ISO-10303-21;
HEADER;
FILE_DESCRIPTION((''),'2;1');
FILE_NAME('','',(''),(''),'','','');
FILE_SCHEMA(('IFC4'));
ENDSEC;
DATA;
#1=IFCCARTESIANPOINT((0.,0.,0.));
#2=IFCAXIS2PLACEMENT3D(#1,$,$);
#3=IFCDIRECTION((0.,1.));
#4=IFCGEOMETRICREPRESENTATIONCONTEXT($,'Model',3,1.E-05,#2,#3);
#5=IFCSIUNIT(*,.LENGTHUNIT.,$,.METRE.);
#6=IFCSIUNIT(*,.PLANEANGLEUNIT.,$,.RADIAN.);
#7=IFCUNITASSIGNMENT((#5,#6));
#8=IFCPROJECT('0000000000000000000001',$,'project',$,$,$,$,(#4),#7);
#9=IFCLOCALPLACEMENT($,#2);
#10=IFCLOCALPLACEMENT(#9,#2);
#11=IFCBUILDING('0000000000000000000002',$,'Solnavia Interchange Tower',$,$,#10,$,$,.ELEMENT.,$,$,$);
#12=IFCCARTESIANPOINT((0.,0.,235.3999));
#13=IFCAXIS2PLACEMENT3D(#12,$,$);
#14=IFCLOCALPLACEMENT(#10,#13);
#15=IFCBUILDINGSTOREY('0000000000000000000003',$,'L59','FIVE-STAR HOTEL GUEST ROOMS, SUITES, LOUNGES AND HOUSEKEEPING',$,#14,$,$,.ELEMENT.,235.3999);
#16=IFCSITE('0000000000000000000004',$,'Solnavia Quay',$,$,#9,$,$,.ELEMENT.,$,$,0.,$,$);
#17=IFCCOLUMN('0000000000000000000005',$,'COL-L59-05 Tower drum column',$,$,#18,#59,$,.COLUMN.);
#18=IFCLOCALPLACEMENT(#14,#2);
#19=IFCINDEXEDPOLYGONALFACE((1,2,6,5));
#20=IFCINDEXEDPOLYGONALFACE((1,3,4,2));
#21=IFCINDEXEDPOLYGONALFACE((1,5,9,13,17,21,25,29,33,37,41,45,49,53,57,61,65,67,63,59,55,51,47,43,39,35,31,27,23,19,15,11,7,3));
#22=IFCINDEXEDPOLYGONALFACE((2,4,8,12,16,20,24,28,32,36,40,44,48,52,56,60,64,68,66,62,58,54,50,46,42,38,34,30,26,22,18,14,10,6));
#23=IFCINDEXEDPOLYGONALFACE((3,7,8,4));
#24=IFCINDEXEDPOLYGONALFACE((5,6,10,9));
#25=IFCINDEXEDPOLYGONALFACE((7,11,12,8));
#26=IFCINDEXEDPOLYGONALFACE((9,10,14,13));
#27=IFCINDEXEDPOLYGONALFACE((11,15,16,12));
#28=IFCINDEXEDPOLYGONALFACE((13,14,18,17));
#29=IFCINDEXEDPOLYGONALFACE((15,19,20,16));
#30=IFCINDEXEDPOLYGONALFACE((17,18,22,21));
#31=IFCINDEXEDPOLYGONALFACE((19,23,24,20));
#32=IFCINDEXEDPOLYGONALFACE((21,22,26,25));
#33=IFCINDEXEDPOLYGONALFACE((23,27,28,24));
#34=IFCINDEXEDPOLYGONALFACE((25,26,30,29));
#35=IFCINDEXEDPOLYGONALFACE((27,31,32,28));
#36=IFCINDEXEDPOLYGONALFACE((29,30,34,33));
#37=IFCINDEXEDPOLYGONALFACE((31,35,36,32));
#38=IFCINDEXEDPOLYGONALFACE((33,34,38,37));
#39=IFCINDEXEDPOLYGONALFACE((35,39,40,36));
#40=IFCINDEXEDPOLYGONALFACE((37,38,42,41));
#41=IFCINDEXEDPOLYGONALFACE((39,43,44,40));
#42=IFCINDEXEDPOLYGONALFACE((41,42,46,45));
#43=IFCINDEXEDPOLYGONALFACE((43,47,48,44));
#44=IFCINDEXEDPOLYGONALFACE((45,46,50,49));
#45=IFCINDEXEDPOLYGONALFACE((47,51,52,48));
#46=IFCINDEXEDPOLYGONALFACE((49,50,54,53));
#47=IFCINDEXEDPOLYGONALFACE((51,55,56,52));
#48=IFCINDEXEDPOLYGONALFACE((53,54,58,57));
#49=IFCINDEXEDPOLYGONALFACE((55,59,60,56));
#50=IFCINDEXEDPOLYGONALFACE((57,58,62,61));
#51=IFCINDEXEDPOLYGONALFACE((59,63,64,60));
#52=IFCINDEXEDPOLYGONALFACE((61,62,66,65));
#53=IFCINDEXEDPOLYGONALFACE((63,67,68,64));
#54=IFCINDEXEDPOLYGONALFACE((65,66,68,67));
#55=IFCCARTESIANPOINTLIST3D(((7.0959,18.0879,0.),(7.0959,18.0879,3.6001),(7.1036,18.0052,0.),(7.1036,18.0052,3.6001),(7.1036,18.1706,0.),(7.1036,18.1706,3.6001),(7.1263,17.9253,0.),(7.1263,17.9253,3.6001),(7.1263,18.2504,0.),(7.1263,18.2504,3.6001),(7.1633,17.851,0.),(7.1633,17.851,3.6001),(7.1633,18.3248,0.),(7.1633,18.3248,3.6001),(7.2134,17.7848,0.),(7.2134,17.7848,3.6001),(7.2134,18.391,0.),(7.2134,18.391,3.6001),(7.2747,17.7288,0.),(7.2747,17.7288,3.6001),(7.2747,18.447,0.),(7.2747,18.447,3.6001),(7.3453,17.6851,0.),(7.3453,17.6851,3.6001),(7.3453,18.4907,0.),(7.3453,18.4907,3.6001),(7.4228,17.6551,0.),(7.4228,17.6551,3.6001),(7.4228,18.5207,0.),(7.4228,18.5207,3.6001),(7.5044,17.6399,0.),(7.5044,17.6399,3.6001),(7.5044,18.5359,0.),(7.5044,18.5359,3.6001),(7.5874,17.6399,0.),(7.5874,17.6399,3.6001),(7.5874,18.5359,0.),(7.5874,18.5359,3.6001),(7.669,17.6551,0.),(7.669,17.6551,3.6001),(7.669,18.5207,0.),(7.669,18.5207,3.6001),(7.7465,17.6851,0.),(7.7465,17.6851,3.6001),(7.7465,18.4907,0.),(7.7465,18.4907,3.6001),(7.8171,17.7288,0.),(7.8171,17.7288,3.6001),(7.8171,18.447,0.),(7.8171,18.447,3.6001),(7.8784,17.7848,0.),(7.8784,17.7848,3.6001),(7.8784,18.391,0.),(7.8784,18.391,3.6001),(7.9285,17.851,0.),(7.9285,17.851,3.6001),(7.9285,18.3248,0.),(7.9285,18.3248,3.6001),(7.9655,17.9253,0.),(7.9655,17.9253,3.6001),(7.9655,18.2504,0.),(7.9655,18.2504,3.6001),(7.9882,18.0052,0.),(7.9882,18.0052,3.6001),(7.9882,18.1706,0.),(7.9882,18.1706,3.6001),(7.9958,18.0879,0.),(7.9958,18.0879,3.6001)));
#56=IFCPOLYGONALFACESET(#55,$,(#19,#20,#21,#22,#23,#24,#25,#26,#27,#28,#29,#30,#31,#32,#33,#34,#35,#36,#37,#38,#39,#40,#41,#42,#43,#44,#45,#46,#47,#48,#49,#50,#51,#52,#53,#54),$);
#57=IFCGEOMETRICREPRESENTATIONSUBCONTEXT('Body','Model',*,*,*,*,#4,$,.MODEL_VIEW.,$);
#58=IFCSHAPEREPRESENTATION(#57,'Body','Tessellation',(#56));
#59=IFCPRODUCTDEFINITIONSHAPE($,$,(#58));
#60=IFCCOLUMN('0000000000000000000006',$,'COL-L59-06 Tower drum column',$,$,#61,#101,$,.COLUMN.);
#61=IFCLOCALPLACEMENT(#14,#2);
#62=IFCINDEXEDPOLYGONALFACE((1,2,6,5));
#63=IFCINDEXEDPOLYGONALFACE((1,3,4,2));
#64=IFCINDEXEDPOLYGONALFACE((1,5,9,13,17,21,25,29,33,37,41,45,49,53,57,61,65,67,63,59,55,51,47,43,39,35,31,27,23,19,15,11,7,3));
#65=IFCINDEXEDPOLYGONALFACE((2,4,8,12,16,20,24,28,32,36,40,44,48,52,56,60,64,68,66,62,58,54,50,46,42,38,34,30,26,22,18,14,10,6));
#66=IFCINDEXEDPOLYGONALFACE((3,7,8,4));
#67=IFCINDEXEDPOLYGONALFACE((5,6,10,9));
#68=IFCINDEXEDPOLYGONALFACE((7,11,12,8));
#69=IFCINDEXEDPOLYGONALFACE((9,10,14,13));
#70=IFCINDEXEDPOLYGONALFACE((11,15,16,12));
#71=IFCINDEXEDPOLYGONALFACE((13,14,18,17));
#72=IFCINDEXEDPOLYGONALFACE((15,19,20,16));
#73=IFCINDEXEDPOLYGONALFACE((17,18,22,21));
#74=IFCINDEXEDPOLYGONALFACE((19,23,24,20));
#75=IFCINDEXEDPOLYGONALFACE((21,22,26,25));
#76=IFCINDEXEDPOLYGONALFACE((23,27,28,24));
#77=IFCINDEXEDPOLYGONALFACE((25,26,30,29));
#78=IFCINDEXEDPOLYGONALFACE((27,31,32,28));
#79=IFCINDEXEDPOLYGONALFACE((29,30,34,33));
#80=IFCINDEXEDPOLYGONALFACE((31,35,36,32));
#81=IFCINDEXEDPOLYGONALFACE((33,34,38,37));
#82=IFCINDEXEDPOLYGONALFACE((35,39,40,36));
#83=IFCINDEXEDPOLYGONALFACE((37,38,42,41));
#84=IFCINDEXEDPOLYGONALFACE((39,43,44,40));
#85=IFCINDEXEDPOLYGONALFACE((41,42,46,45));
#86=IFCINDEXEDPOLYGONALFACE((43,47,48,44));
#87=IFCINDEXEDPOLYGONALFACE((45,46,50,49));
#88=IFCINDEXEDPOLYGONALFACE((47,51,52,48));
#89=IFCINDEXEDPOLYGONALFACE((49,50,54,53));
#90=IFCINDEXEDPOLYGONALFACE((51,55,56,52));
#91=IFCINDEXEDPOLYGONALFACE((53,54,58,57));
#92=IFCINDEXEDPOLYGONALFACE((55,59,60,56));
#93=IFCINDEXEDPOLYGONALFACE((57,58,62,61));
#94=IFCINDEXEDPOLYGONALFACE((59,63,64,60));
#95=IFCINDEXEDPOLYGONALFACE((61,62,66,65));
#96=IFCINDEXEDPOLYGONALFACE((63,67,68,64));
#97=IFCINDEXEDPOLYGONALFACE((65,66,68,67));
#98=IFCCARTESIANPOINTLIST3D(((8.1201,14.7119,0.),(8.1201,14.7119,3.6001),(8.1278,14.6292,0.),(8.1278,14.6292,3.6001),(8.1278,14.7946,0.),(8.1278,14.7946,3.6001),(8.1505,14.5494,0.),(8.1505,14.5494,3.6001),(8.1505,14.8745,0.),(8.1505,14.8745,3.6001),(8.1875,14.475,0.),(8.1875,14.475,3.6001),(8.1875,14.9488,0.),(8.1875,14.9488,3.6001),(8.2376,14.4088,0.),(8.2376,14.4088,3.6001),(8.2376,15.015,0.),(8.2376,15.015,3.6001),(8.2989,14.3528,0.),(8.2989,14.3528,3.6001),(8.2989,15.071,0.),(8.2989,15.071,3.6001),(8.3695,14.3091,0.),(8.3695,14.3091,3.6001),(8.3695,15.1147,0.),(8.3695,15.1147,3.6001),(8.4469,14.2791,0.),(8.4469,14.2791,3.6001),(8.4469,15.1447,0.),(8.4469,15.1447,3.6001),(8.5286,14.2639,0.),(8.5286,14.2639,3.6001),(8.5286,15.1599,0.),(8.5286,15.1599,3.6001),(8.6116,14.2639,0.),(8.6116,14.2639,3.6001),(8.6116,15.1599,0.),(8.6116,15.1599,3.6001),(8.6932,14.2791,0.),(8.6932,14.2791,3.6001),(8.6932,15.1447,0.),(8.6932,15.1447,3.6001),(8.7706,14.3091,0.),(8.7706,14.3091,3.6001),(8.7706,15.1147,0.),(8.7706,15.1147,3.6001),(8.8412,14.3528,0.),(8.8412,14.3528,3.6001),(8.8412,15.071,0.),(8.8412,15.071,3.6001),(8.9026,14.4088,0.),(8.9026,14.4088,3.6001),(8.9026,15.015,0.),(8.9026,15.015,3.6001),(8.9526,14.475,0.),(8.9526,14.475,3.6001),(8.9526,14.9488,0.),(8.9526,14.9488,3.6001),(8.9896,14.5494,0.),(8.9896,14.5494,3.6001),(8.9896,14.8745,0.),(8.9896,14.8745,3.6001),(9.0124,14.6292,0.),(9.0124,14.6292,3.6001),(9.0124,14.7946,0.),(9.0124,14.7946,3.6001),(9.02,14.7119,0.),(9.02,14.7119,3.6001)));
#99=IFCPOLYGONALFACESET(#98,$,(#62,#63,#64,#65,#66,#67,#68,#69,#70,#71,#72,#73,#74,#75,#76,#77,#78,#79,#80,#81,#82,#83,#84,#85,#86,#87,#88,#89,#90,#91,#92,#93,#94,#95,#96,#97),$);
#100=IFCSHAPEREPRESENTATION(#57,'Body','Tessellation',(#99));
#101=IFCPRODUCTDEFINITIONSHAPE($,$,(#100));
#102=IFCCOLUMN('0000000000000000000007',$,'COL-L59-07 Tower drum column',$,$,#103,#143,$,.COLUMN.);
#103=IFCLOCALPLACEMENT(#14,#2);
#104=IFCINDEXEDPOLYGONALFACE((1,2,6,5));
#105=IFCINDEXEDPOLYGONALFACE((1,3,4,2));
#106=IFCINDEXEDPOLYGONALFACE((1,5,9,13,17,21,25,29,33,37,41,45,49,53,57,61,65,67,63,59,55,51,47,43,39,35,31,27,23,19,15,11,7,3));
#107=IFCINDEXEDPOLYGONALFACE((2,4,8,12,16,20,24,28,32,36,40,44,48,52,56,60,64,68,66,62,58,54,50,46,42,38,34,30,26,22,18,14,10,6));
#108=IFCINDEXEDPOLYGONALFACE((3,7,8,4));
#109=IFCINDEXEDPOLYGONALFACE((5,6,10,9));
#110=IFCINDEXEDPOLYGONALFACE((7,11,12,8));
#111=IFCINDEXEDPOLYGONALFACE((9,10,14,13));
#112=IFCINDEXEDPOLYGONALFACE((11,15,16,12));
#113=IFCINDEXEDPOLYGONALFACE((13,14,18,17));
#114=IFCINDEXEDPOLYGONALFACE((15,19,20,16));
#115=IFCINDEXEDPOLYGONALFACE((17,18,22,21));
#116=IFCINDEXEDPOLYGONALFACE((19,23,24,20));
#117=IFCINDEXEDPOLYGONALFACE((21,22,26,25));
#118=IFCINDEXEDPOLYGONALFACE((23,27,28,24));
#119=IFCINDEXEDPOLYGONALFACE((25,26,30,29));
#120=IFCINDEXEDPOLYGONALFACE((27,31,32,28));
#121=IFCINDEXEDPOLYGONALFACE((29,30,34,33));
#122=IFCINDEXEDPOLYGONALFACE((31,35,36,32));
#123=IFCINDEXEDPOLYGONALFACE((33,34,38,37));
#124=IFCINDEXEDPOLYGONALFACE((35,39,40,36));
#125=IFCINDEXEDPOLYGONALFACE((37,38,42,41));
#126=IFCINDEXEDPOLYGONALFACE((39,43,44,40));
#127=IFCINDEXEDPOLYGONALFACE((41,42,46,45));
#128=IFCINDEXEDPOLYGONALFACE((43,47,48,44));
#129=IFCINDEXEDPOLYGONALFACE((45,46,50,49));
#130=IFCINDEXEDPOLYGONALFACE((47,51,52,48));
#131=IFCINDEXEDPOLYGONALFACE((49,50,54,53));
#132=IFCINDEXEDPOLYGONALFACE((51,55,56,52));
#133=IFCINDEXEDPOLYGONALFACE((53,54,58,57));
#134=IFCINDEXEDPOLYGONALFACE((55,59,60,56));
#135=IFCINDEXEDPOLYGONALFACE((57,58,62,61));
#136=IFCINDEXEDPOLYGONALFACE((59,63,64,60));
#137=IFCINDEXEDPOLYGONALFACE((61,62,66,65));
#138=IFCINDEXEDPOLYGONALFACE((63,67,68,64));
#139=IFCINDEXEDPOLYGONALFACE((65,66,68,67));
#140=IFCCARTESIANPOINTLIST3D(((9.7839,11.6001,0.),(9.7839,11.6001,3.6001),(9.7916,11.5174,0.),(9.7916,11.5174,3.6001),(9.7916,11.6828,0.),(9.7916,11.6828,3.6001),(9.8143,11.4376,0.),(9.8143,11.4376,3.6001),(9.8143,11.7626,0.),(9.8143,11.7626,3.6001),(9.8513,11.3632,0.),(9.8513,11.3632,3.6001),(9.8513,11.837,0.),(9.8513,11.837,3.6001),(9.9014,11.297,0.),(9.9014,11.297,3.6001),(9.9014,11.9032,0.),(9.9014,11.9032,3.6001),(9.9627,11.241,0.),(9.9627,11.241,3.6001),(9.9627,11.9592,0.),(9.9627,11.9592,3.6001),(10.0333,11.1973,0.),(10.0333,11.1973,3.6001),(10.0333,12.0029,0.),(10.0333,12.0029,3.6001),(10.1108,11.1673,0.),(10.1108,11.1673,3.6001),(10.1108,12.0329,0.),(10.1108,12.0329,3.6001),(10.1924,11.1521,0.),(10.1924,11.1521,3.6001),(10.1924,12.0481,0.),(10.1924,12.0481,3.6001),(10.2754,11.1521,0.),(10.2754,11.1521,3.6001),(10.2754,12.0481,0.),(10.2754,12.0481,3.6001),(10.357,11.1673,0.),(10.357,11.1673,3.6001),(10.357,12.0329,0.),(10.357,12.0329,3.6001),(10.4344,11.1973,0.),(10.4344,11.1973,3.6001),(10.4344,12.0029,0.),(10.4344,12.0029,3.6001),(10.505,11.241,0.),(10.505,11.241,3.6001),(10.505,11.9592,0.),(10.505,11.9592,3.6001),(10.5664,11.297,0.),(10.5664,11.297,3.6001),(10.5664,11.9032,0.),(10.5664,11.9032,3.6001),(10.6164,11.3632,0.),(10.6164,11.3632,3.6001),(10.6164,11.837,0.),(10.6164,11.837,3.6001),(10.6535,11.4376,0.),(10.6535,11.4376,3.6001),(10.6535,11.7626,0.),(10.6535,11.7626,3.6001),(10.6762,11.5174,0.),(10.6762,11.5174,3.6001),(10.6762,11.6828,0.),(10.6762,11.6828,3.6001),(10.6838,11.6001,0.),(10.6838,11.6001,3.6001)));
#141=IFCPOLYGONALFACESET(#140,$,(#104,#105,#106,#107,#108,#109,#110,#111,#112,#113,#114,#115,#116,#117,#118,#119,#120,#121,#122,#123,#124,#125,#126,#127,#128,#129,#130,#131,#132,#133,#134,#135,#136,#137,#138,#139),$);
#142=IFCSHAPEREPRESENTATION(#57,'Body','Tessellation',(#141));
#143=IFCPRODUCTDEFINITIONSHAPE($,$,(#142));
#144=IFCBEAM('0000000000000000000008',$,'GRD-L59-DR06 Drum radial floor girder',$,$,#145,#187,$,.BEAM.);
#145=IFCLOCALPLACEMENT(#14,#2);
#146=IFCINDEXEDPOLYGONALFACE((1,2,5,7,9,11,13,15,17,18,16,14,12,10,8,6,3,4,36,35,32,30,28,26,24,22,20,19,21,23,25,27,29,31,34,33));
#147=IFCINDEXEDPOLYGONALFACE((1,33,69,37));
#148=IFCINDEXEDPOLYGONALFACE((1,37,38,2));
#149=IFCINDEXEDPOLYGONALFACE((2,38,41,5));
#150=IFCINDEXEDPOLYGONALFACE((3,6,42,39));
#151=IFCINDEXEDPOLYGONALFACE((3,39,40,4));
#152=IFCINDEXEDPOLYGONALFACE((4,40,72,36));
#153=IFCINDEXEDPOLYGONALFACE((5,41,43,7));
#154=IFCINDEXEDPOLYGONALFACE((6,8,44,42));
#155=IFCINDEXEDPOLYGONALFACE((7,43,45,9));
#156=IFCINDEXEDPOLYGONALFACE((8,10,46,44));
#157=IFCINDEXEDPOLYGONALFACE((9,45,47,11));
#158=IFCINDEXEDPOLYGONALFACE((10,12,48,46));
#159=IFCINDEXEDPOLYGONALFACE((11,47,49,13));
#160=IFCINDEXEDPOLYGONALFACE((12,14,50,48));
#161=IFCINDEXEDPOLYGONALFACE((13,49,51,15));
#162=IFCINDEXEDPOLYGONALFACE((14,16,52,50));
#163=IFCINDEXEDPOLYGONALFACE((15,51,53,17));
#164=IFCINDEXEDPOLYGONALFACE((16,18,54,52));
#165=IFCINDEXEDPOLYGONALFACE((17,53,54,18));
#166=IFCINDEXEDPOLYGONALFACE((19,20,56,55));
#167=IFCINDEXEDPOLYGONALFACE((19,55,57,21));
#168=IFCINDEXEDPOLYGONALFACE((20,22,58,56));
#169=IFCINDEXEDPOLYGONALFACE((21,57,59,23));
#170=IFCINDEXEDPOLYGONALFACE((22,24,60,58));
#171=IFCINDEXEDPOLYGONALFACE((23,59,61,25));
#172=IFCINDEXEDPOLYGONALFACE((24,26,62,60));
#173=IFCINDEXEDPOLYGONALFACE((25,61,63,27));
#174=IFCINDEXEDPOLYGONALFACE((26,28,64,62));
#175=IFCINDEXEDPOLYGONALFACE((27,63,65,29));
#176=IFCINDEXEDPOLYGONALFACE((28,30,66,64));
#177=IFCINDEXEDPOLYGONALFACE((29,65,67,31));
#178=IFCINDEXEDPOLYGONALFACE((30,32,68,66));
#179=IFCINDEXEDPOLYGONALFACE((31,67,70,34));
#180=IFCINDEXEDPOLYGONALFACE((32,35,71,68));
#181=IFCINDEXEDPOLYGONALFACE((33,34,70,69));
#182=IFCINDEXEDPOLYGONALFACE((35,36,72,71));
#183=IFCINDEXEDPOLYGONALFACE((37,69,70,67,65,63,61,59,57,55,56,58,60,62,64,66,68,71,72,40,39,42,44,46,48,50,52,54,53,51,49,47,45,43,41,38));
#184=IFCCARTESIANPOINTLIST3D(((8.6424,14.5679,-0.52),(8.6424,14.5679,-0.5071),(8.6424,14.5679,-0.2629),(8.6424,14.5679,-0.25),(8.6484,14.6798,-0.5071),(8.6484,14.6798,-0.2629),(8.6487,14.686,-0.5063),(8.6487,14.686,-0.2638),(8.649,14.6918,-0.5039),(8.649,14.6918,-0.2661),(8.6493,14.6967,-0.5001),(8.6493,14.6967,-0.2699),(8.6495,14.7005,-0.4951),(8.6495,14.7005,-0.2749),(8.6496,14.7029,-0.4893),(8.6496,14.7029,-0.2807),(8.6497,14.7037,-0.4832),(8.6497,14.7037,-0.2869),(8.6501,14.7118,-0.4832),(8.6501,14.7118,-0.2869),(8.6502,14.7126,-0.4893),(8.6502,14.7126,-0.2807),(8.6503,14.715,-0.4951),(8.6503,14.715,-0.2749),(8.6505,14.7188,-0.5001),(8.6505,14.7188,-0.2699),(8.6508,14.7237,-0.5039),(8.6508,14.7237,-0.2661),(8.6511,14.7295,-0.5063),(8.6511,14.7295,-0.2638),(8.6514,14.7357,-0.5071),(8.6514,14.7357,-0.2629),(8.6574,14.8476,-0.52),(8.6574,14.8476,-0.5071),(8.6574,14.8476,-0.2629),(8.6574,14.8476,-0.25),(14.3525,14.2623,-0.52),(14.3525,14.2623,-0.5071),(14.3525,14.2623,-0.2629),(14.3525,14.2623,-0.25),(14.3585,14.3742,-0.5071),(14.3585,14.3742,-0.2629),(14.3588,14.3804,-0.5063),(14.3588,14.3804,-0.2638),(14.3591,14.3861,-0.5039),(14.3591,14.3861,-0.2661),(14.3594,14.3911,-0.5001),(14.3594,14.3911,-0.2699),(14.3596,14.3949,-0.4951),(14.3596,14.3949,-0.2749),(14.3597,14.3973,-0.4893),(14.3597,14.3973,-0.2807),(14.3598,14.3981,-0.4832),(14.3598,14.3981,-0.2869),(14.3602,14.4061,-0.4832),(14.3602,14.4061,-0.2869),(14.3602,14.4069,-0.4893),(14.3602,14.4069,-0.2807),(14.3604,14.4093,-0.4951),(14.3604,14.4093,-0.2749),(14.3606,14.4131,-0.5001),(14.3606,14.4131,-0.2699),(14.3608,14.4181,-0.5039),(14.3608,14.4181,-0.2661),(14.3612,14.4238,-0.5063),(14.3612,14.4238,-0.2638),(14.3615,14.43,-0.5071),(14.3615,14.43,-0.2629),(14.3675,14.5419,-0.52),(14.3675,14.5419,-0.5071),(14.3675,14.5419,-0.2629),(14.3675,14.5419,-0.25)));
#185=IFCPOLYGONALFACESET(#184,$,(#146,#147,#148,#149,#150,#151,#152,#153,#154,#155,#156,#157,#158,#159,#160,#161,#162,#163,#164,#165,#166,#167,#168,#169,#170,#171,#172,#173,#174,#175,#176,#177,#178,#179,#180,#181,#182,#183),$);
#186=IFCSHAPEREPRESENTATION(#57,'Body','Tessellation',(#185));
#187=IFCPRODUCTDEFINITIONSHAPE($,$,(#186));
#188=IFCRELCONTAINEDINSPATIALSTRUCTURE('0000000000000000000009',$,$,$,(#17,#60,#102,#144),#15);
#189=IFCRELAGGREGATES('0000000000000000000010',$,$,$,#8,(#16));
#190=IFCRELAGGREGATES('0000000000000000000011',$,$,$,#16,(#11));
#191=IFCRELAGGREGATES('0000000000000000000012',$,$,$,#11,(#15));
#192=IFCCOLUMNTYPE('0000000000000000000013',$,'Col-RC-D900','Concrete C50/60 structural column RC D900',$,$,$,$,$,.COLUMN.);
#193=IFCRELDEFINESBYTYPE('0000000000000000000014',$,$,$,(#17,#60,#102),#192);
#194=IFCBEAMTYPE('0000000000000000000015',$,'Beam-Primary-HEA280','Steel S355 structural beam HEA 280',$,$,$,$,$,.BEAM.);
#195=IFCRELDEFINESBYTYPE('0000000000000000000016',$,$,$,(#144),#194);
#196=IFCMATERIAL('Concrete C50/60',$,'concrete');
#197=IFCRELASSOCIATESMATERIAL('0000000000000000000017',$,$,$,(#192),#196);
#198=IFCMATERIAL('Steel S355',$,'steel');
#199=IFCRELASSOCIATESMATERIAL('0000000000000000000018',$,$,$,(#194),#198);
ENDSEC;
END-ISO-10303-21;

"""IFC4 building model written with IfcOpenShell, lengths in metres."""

from ifc_helpers import new_model, si_unit, direction, frame, origin, origin_2d, place, context, subcontext, project, spatial, circle, i_section, extrude, material, material_profile, profile_set, type_object, element, save


model = new_model("IFC4")

# Units and contexts
model_context = context("Model", 3, precision=1e-05, world=origin(), true_north=direction((0.0, 1.0)))
body_context = subcontext(model_context, "Body", "Model", "MODEL_VIEW")
ifc_project = project(units=[si_unit("LENGTHUNIT", "METRE"), si_unit("PLANEANGLEUNIT", "RADIAN")], contexts=[model_context])

# Site, building, storey
site_placement = place(None, origin())
site = spatial("IfcSite", under=ifc_project, at=site_placement, Name="Solnavia Quay", CompositionType="ELEMENT", RefElevation=0.0)
building_placement = place(site_placement, origin())
building = spatial("IfcBuilding", under=site, at=building_placement, Name="Solnavia Interchange Tower", CompositionType="ELEMENT")
storey_placement = place(building_placement, frame((0.0, 0.0, 235.3999)))
storey = spatial("IfcBuildingStorey", under=building, at=storey_placement, Name="L59", Description="FIVE-STAR HOTEL GUEST ROOMS, SUITES, LOUNGES AND HOUSEKEEPING", CompositionType="ELEMENT", Elevation=235.3999)

# Columns
ifc_material_1 = material(Name="Concrete C50/60", Category="concrete")
ifc_material_profile_1 = material_profile(ifc_material_1, circle(Radius=0.45, at=origin_2d()), Name="RC D900")
ifc_profile_set_1 = profile_set([ifc_material_profile_1], Name="Concrete C50/60")
column_type = type_object("IfcColumnType", Name="Col-RC-D900", Description="Concrete C50/60 structural column RC D900", PredefinedType="COLUMN", material=ifc_profile_set_1)
for number, where, z_axis, x_axis, name in (
    (1, (7.5459, 18.0879, 0.0), (0.0, 0.0, 1.0), (1.0, 0.0, 0.0), "COL-L59-05 Tower drum column"),
    (2, (8.5701, 14.7119, 0.0), (0.0, 0.0, 1.0), (1.0, 0.0, 0.0), "COL-L59-06 Tower drum column"),
    (3, (10.2339, 11.6001, 0.0), (0.0, 0.0, 1.0), (1.0, 0.0, 0.0), "COL-L59-07 Tower drum column"),
):
    element("IfcColumn", number, at=place(storey_placement, frame(where, z_axis=z_axis, x_axis=x_axis)), inside=storey, type_object=column_type, Name=name, PredefinedType="COLUMN", context=body_context, shape_type="SweptSolid", body=[
        extrude(circle(Radius=0.45, at=origin_2d()), origin(), (0.0, 0.0, 1.0), 3.6001),
    ])

# Beam
ifc_material_2 = material(Name="Steel S355", Category="steel")
ifc_material_profile_2 = material_profile(ifc_material_2, i_section(OverallWidth=0.28, OverallDepth=0.27, WebThickness=0.0081, FlangeThickness=0.0129, FilletRadius=0.0239, at=origin_2d()), Name="HEA 280")
ifc_profile_set_2 = profile_set([ifc_material_profile_2], Name="Steel S355")
beam_type_1 = type_object("IfcBeamType", Name="Beam-Primary-HEA280", Description="Steel S355 structural beam HEA 280", PredefinedType="BEAM", material=ifc_profile_set_2)
beam_1_placement = place(storey_placement, frame((8.6499, 14.7078, -0.385), z_axis=(0.99857, -0.053453, 0.0), x_axis=(0.053453, 0.99857, 0.0)))
element("IfcBeam", 4, at=beam_1_placement, inside=storey, type_object=beam_type_1, Name="GRD-L59-DR06 Drum radial floor girder", PredefinedType="BEAM", context=body_context, shape_type="SweptSolid", body=[
    extrude(i_section(OverallWidth=0.28, OverallDepth=0.27, WebThickness=0.0081, FlangeThickness=0.0129, FilletRadius=0.0239, at=origin_2d()), origin(), (0.0, 0.0, 1.0), 5.7183),
])

save(model, "model.ifc")
